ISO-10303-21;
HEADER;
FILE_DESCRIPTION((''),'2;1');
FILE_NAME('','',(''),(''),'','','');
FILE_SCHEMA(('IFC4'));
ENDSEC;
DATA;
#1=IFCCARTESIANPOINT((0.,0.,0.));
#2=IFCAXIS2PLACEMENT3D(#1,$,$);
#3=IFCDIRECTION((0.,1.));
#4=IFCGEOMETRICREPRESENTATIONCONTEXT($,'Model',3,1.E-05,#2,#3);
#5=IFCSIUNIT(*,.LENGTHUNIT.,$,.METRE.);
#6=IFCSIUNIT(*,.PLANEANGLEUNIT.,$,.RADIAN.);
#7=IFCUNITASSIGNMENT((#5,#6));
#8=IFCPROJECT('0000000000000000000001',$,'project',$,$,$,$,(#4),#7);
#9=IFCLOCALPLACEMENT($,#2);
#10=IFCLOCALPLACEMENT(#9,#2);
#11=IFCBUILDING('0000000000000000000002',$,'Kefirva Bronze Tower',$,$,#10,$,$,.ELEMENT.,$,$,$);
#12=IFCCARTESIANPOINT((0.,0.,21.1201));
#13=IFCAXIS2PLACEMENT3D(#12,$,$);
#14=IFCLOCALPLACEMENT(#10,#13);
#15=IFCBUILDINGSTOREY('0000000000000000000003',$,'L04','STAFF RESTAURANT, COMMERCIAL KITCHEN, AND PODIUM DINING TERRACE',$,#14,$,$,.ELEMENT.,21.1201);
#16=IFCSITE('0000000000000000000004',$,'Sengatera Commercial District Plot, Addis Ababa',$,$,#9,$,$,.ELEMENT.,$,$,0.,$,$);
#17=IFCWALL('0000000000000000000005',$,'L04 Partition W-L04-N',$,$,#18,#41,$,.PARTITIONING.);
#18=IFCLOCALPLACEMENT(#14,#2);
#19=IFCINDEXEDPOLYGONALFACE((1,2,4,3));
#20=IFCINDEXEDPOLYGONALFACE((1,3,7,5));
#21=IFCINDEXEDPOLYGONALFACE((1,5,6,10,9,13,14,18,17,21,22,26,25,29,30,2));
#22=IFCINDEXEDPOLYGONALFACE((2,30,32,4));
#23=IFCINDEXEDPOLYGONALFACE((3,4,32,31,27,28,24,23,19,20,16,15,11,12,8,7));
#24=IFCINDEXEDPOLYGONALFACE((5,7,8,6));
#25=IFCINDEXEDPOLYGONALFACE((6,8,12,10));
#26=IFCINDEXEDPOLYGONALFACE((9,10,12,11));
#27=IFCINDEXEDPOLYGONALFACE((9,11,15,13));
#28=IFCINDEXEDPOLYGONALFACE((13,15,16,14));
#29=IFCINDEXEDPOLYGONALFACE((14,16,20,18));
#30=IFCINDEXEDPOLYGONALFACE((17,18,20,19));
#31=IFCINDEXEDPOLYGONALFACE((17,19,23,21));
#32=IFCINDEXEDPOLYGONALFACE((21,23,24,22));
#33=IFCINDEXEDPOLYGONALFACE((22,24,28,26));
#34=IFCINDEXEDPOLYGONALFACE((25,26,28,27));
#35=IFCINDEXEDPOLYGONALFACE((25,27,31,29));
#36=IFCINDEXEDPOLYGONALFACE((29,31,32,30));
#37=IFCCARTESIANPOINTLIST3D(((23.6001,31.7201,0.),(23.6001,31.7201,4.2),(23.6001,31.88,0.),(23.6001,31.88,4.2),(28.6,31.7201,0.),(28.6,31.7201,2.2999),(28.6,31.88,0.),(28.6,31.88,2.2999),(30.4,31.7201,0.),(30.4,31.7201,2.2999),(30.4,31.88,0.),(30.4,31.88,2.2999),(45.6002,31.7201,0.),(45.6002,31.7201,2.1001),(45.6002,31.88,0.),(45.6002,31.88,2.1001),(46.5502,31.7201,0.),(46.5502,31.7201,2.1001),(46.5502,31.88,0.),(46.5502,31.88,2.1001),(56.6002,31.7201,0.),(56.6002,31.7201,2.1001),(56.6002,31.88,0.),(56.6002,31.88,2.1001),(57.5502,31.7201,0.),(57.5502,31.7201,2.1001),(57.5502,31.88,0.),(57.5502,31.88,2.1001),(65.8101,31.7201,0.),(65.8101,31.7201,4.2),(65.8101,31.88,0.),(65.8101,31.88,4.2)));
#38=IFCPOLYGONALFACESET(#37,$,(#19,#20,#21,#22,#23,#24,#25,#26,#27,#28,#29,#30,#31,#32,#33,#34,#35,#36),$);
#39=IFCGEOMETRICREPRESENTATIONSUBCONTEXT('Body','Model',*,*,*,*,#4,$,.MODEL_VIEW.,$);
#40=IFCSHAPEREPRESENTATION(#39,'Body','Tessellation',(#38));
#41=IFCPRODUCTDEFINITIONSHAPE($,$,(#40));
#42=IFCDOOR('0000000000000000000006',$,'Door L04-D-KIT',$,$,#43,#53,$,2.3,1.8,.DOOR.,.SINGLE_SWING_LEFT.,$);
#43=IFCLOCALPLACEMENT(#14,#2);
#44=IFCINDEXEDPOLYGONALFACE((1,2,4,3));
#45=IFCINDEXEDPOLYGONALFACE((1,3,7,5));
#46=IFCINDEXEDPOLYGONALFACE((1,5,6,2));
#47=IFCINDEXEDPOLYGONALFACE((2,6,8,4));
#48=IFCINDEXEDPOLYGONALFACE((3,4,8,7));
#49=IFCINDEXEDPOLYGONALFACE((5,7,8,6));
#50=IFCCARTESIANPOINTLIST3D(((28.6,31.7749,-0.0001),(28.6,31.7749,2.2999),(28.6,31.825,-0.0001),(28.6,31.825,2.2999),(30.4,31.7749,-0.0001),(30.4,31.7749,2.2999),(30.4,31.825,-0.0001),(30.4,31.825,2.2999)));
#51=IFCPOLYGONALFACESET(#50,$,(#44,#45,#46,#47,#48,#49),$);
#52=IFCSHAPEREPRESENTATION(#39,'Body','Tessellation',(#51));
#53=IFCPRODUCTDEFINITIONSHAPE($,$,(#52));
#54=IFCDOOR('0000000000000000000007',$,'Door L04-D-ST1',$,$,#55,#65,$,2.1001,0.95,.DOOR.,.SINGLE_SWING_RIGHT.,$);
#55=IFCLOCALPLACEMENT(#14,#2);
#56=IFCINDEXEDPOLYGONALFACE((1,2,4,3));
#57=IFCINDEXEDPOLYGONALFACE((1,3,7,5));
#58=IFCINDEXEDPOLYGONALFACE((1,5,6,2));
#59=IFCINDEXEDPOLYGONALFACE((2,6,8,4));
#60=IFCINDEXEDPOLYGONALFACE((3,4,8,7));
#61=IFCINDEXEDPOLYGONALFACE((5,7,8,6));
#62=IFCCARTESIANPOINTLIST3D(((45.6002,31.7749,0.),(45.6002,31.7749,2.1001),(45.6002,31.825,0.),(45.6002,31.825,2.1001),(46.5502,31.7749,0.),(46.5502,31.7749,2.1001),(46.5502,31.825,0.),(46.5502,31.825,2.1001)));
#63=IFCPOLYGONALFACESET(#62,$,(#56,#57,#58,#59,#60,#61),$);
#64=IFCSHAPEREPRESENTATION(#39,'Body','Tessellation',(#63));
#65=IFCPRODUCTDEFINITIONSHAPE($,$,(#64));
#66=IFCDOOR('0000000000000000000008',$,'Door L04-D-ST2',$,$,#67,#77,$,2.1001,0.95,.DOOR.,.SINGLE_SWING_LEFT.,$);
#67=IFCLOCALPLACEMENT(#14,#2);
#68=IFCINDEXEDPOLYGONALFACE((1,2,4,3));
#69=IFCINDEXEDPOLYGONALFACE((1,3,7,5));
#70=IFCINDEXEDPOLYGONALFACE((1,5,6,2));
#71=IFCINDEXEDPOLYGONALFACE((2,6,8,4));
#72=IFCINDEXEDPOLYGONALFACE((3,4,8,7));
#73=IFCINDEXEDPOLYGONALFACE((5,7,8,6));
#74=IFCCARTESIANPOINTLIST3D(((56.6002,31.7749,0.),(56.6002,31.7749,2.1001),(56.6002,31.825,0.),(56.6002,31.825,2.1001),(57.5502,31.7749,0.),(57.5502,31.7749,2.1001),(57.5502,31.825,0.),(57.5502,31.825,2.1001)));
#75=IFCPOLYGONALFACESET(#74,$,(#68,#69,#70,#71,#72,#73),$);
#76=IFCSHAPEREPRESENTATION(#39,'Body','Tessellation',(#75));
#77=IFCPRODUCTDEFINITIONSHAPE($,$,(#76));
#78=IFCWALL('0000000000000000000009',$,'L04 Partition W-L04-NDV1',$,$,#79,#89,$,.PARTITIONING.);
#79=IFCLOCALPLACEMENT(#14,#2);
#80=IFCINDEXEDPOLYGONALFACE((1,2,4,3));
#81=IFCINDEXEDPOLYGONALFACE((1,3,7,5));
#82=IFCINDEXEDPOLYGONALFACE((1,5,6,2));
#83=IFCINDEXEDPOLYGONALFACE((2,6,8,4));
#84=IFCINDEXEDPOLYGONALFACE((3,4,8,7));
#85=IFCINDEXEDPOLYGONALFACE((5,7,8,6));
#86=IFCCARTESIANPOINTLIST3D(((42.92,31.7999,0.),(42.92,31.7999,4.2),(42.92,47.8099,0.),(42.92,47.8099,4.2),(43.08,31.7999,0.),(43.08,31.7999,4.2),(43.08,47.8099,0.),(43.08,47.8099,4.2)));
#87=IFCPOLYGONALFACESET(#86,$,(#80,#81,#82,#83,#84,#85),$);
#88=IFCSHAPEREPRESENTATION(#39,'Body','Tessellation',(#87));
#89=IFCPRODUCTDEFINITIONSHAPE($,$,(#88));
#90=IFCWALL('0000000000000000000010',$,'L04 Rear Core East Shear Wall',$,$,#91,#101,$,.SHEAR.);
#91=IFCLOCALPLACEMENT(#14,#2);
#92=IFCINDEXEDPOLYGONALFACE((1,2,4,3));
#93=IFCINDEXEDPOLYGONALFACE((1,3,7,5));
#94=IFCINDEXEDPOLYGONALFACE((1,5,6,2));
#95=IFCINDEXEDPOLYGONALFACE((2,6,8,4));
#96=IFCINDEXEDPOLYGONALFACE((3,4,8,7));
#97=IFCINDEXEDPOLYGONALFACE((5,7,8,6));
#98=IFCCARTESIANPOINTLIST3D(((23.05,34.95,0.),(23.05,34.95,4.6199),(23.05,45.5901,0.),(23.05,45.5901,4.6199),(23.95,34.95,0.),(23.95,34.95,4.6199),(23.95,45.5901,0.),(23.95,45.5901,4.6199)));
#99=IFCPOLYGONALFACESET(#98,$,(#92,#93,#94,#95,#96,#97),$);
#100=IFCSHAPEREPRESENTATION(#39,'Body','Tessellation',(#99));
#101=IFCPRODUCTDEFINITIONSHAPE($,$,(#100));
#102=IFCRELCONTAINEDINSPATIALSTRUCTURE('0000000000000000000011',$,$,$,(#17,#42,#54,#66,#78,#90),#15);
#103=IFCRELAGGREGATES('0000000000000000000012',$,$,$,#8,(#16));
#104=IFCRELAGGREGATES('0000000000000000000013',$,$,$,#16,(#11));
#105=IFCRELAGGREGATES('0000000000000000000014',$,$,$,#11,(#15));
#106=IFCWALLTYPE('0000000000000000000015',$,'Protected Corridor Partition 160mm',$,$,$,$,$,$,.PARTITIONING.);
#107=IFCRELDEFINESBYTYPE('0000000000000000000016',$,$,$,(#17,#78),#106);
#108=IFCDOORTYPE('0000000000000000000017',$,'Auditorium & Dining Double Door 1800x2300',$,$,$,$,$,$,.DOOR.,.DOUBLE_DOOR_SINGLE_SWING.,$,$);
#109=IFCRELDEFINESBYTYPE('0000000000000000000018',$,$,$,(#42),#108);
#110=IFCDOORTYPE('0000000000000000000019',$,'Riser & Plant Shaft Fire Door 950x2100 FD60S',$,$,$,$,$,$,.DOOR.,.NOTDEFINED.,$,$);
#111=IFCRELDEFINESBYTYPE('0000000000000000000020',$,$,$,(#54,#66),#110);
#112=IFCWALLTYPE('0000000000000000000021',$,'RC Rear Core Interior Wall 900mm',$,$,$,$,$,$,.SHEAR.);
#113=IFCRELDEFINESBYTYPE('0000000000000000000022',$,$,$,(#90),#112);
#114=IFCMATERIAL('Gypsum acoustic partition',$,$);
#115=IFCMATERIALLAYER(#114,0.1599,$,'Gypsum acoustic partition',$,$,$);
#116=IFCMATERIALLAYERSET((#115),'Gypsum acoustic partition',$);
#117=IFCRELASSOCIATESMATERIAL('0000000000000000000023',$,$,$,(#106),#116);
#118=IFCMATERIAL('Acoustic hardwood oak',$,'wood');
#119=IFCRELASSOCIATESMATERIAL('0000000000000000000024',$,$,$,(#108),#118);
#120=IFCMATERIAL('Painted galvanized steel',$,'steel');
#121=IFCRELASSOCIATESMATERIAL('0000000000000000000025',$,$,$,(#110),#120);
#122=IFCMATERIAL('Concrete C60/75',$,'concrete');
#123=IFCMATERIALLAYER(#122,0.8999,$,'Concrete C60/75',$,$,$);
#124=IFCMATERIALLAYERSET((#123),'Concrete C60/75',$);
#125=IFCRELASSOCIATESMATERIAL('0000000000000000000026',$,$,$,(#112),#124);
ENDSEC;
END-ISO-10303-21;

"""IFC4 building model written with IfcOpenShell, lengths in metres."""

from ifc_helpers import new_model, si_unit, direction, frame, frame_2d, origin, place, context, subcontext, project, spatial, rectangle, extrude, material, layer, layer_set, type_object, element, fill, save


model = new_model("IFC4")

# Units and contexts
model_context = context("Model", 3, precision=1e-05, world=origin(), true_north=direction((0.0, 1.0)))
body_context = subcontext(model_context, "Body", "Model", "MODEL_VIEW")
ifc_project = project(units=[si_unit("LENGTHUNIT", "METRE"), si_unit("PLANEANGLEUNIT", "RADIAN")], contexts=[model_context])

# Site, building, storey
site_placement = place(None, origin())
site = spatial("IfcSite", under=ifc_project, at=site_placement, Name="Sengatera Commercial District Plot, Addis Ababa", CompositionType="ELEMENT", RefElevation=0.0)
building_placement = place(site_placement, origin())
building = spatial("IfcBuilding", under=site, at=building_placement, Name="Kefirva Bronze Tower", CompositionType="ELEMENT")
storey_placement = place(building_placement, frame((0.0, 0.0, 21.1201)))
storey = spatial("IfcBuildingStorey", under=building, at=storey_placement, Name="L04", Description="STAFF RESTAURANT, COMMERCIAL KITCHEN, AND PODIUM DINING TERRACE", CompositionType="ELEMENT", Elevation=21.1201)

# Shared definitions
ifc_material_1 = material(Name="Concrete C60/75", Category="concrete")

# Wall, openings, doors
ifc_material_2 = material(Name="Gypsum acoustic partition")
ifc_layer_1 = layer(ifc_material_2, 0.1599, Name="Gypsum acoustic partition")
ifc_layer_set_1 = layer_set([ifc_layer_1], Name="Gypsum acoustic partition")
wall_type_1 = type_object("IfcWallType", Name="Protected Corridor Partition 160mm", PredefinedType="PARTITIONING", material=ifc_layer_set_1)
wall_1_placement = place(storey_placement, frame((23.6001, 31.8, 0.0), z_axis=(0.0, 0.0, 1.0), x_axis=(1.0, 0.0, 0.0)))
wall_1 = element("IfcWall", 1, at=wall_1_placement, inside=storey, type_object=wall_type_1, Name="L04 Partition W-L04-N", PredefinedType="PARTITIONING", context=body_context, shape_type="SweptSolid", body=[
    extrude(rectangle(XDim=42.21, YDim=0.1599, at=frame_2d((21.105, 0.0))), origin(), (0.0, 0.0, 1.0), 4.2),
])
opening_1_placement = place(wall_1_placement, frame((5.0, 0.0, 0.0)))
opening_1 = element("IfcOpeningElement", 2, at=opening_1_placement, cuts=wall_1, PredefinedType="OPENING", context=body_context, shape_type="SweptSolid", body=[
    extrude(rectangle(XDim=1.8, YDim=2.3, at=frame_2d((0.8999, 1.1499))), frame((0.0, 0.0898, 0.0), z_axis=(0.0, -1.0, 0.0), x_axis=(1.0, 0.0, 0.0)), (0.0, 0.0, 1.0), 0.1799),
])
opening_2_placement = place(wall_1_placement, frame((22.0, 0.0, 0.0)))
opening_2 = element("IfcOpeningElement", 3, at=opening_2_placement, cuts=wall_1, PredefinedType="OPENING", context=body_context, shape_type="SweptSolid", body=[
    extrude(rectangle(XDim=0.95, YDim=2.1001, at=frame_2d((0.4751, 1.05))), frame((0.0, 0.0898, 0.0), z_axis=(0.0, -1.0, 0.0), x_axis=(1.0, 0.0, 0.0)), (0.0, 0.0, 1.0), 0.1799),
])
opening_3_placement = place(wall_1_placement, frame((33.0, 0.0, 0.0)))
opening_3 = element("IfcOpeningElement", 4, at=opening_3_placement, cuts=wall_1, PredefinedType="OPENING", context=body_context, shape_type="SweptSolid", body=[
    extrude(rectangle(XDim=0.95, YDim=2.1001, at=frame_2d((0.4751, 1.05))), frame((0.0, 0.0898, 0.0), z_axis=(0.0, -1.0, 0.0), x_axis=(1.0, 0.0, 0.0)), (0.0, 0.0, 1.0), 0.1799),
])
ifc_material_3 = material(Name="Acoustic hardwood oak", Category="wood")
door_type_1 = type_object("IfcDoorType", Name="Auditorium & Dining Double Door 1800x2300", OperationType="DOUBLE_DOOR_SINGLE_SWING", PredefinedType="DOOR", material=ifc_material_3)
door_1_placement = place(opening_1_placement, origin())
door_1 = element("IfcDoor", 5, at=door_1_placement, inside=storey, type_object=door_type_1, Name="Door L04-D-KIT", OperationType="SINGLE_SWING_LEFT", OverallHeight=2.3, OverallWidth=1.8, PredefinedType="DOOR", context=body_context, shape_type="SweptSolid", body=[
    extrude(rectangle(XDim=1.8, YDim=2.3, at=frame_2d((0.8999, 1.1499))), frame((0.0, 0.0249, 0.0), z_axis=(0.0, -1.0, 0.0), x_axis=(1.0, 0.0, 0.0)), (0.0, 0.0, 1.0), 0.05),
])
fill(opening_1, door_1)
ifc_material_4 = material(Name="Painted galvanized steel", Category="steel")
door_type_2 = type_object("IfcDoorType", Name="Riser & Plant Shaft Fire Door 950x2100 FD60S", OperationType="NOTDEFINED", PredefinedType="DOOR", material=ifc_material_4)
door_2_placement = place(opening_2_placement, origin())
door_2 = element("IfcDoor", 6, at=door_2_placement, inside=storey, type_object=door_type_2, Name="Door L04-D-ST1", OperationType="SINGLE_SWING_RIGHT", OverallHeight=2.1001, OverallWidth=0.95, PredefinedType="DOOR", context=body_context, shape_type="SweptSolid", body=[
    extrude(rectangle(XDim=0.95, YDim=2.1001, at=frame_2d((0.4751, 1.05))), frame((0.0, 0.0249, 0.0), z_axis=(0.0, -1.0, 0.0), x_axis=(1.0, 0.0, 0.0)), (0.0, 0.0, 1.0), 0.05),
])
fill(opening_2, door_2)
door_3_placement = place(opening_3_placement, origin())
door_3 = element("IfcDoor", 7, at=door_3_placement, inside=storey, type_object=door_type_2, Name="Door L04-D-ST2", OperationType="SINGLE_SWING_LEFT", OverallHeight=2.1001, OverallWidth=0.95, PredefinedType="DOOR", context=body_context, shape_type="SweptSolid", body=[
    extrude(rectangle(XDim=0.95, YDim=2.1001, at=frame_2d((0.4751, 1.05))), frame((0.0, 0.0249, 0.0), z_axis=(0.0, -1.0, 0.0), x_axis=(1.0, 0.0, 0.0)), (0.0, 0.0, 1.0), 0.05),
])
fill(opening_3, door_3)

# Walls
wall_2_placement = place(storey_placement, frame((43.0, 31.8, 0.0), z_axis=(0.0, 0.0, 1.0), x_axis=(0.0, 1.0, 0.0)))
element("IfcWall", 8, at=wall_2_placement, inside=storey, type_object=wall_type_1, Name="L04 Partition W-L04-NDV1", PredefinedType="PARTITIONING", context=body_context, shape_type="SweptSolid", body=[
    extrude(rectangle(XDim=16.01, YDim=0.1599, at=frame_2d((8.0049, 0.0))), origin(), (0.0, 0.0, 1.0), 4.2),
])
ifc_layer_2 = layer(ifc_material_1, 0.8999, Name="Concrete C60/75")
ifc_layer_set_2 = layer_set([ifc_layer_2], Name="Concrete C60/75")
wall_type_2 = type_object("IfcWallType", Name="RC Rear Core Interior Wall 900mm", PredefinedType="SHEAR", material=ifc_layer_set_2)
wall_3_placement = place(storey_placement, frame((23.5, 34.95, 0.0), z_axis=(0.0, 0.0, 1.0), x_axis=(0.0, 1.0, 0.0)))
element("IfcWall", 9, at=wall_3_placement, inside=storey, type_object=wall_type_2, Name="L04 Rear Core East Shear Wall", PredefinedType="SHEAR", context=body_context, shape_type="SweptSolid", body=[
    extrude(rectangle(XDim=10.6401, YDim=0.8999, at=frame_2d((5.3201, 0.0))), origin(), (0.0, 0.0, 1.0), 4.6199),
])

save(model, "model.ifc")
